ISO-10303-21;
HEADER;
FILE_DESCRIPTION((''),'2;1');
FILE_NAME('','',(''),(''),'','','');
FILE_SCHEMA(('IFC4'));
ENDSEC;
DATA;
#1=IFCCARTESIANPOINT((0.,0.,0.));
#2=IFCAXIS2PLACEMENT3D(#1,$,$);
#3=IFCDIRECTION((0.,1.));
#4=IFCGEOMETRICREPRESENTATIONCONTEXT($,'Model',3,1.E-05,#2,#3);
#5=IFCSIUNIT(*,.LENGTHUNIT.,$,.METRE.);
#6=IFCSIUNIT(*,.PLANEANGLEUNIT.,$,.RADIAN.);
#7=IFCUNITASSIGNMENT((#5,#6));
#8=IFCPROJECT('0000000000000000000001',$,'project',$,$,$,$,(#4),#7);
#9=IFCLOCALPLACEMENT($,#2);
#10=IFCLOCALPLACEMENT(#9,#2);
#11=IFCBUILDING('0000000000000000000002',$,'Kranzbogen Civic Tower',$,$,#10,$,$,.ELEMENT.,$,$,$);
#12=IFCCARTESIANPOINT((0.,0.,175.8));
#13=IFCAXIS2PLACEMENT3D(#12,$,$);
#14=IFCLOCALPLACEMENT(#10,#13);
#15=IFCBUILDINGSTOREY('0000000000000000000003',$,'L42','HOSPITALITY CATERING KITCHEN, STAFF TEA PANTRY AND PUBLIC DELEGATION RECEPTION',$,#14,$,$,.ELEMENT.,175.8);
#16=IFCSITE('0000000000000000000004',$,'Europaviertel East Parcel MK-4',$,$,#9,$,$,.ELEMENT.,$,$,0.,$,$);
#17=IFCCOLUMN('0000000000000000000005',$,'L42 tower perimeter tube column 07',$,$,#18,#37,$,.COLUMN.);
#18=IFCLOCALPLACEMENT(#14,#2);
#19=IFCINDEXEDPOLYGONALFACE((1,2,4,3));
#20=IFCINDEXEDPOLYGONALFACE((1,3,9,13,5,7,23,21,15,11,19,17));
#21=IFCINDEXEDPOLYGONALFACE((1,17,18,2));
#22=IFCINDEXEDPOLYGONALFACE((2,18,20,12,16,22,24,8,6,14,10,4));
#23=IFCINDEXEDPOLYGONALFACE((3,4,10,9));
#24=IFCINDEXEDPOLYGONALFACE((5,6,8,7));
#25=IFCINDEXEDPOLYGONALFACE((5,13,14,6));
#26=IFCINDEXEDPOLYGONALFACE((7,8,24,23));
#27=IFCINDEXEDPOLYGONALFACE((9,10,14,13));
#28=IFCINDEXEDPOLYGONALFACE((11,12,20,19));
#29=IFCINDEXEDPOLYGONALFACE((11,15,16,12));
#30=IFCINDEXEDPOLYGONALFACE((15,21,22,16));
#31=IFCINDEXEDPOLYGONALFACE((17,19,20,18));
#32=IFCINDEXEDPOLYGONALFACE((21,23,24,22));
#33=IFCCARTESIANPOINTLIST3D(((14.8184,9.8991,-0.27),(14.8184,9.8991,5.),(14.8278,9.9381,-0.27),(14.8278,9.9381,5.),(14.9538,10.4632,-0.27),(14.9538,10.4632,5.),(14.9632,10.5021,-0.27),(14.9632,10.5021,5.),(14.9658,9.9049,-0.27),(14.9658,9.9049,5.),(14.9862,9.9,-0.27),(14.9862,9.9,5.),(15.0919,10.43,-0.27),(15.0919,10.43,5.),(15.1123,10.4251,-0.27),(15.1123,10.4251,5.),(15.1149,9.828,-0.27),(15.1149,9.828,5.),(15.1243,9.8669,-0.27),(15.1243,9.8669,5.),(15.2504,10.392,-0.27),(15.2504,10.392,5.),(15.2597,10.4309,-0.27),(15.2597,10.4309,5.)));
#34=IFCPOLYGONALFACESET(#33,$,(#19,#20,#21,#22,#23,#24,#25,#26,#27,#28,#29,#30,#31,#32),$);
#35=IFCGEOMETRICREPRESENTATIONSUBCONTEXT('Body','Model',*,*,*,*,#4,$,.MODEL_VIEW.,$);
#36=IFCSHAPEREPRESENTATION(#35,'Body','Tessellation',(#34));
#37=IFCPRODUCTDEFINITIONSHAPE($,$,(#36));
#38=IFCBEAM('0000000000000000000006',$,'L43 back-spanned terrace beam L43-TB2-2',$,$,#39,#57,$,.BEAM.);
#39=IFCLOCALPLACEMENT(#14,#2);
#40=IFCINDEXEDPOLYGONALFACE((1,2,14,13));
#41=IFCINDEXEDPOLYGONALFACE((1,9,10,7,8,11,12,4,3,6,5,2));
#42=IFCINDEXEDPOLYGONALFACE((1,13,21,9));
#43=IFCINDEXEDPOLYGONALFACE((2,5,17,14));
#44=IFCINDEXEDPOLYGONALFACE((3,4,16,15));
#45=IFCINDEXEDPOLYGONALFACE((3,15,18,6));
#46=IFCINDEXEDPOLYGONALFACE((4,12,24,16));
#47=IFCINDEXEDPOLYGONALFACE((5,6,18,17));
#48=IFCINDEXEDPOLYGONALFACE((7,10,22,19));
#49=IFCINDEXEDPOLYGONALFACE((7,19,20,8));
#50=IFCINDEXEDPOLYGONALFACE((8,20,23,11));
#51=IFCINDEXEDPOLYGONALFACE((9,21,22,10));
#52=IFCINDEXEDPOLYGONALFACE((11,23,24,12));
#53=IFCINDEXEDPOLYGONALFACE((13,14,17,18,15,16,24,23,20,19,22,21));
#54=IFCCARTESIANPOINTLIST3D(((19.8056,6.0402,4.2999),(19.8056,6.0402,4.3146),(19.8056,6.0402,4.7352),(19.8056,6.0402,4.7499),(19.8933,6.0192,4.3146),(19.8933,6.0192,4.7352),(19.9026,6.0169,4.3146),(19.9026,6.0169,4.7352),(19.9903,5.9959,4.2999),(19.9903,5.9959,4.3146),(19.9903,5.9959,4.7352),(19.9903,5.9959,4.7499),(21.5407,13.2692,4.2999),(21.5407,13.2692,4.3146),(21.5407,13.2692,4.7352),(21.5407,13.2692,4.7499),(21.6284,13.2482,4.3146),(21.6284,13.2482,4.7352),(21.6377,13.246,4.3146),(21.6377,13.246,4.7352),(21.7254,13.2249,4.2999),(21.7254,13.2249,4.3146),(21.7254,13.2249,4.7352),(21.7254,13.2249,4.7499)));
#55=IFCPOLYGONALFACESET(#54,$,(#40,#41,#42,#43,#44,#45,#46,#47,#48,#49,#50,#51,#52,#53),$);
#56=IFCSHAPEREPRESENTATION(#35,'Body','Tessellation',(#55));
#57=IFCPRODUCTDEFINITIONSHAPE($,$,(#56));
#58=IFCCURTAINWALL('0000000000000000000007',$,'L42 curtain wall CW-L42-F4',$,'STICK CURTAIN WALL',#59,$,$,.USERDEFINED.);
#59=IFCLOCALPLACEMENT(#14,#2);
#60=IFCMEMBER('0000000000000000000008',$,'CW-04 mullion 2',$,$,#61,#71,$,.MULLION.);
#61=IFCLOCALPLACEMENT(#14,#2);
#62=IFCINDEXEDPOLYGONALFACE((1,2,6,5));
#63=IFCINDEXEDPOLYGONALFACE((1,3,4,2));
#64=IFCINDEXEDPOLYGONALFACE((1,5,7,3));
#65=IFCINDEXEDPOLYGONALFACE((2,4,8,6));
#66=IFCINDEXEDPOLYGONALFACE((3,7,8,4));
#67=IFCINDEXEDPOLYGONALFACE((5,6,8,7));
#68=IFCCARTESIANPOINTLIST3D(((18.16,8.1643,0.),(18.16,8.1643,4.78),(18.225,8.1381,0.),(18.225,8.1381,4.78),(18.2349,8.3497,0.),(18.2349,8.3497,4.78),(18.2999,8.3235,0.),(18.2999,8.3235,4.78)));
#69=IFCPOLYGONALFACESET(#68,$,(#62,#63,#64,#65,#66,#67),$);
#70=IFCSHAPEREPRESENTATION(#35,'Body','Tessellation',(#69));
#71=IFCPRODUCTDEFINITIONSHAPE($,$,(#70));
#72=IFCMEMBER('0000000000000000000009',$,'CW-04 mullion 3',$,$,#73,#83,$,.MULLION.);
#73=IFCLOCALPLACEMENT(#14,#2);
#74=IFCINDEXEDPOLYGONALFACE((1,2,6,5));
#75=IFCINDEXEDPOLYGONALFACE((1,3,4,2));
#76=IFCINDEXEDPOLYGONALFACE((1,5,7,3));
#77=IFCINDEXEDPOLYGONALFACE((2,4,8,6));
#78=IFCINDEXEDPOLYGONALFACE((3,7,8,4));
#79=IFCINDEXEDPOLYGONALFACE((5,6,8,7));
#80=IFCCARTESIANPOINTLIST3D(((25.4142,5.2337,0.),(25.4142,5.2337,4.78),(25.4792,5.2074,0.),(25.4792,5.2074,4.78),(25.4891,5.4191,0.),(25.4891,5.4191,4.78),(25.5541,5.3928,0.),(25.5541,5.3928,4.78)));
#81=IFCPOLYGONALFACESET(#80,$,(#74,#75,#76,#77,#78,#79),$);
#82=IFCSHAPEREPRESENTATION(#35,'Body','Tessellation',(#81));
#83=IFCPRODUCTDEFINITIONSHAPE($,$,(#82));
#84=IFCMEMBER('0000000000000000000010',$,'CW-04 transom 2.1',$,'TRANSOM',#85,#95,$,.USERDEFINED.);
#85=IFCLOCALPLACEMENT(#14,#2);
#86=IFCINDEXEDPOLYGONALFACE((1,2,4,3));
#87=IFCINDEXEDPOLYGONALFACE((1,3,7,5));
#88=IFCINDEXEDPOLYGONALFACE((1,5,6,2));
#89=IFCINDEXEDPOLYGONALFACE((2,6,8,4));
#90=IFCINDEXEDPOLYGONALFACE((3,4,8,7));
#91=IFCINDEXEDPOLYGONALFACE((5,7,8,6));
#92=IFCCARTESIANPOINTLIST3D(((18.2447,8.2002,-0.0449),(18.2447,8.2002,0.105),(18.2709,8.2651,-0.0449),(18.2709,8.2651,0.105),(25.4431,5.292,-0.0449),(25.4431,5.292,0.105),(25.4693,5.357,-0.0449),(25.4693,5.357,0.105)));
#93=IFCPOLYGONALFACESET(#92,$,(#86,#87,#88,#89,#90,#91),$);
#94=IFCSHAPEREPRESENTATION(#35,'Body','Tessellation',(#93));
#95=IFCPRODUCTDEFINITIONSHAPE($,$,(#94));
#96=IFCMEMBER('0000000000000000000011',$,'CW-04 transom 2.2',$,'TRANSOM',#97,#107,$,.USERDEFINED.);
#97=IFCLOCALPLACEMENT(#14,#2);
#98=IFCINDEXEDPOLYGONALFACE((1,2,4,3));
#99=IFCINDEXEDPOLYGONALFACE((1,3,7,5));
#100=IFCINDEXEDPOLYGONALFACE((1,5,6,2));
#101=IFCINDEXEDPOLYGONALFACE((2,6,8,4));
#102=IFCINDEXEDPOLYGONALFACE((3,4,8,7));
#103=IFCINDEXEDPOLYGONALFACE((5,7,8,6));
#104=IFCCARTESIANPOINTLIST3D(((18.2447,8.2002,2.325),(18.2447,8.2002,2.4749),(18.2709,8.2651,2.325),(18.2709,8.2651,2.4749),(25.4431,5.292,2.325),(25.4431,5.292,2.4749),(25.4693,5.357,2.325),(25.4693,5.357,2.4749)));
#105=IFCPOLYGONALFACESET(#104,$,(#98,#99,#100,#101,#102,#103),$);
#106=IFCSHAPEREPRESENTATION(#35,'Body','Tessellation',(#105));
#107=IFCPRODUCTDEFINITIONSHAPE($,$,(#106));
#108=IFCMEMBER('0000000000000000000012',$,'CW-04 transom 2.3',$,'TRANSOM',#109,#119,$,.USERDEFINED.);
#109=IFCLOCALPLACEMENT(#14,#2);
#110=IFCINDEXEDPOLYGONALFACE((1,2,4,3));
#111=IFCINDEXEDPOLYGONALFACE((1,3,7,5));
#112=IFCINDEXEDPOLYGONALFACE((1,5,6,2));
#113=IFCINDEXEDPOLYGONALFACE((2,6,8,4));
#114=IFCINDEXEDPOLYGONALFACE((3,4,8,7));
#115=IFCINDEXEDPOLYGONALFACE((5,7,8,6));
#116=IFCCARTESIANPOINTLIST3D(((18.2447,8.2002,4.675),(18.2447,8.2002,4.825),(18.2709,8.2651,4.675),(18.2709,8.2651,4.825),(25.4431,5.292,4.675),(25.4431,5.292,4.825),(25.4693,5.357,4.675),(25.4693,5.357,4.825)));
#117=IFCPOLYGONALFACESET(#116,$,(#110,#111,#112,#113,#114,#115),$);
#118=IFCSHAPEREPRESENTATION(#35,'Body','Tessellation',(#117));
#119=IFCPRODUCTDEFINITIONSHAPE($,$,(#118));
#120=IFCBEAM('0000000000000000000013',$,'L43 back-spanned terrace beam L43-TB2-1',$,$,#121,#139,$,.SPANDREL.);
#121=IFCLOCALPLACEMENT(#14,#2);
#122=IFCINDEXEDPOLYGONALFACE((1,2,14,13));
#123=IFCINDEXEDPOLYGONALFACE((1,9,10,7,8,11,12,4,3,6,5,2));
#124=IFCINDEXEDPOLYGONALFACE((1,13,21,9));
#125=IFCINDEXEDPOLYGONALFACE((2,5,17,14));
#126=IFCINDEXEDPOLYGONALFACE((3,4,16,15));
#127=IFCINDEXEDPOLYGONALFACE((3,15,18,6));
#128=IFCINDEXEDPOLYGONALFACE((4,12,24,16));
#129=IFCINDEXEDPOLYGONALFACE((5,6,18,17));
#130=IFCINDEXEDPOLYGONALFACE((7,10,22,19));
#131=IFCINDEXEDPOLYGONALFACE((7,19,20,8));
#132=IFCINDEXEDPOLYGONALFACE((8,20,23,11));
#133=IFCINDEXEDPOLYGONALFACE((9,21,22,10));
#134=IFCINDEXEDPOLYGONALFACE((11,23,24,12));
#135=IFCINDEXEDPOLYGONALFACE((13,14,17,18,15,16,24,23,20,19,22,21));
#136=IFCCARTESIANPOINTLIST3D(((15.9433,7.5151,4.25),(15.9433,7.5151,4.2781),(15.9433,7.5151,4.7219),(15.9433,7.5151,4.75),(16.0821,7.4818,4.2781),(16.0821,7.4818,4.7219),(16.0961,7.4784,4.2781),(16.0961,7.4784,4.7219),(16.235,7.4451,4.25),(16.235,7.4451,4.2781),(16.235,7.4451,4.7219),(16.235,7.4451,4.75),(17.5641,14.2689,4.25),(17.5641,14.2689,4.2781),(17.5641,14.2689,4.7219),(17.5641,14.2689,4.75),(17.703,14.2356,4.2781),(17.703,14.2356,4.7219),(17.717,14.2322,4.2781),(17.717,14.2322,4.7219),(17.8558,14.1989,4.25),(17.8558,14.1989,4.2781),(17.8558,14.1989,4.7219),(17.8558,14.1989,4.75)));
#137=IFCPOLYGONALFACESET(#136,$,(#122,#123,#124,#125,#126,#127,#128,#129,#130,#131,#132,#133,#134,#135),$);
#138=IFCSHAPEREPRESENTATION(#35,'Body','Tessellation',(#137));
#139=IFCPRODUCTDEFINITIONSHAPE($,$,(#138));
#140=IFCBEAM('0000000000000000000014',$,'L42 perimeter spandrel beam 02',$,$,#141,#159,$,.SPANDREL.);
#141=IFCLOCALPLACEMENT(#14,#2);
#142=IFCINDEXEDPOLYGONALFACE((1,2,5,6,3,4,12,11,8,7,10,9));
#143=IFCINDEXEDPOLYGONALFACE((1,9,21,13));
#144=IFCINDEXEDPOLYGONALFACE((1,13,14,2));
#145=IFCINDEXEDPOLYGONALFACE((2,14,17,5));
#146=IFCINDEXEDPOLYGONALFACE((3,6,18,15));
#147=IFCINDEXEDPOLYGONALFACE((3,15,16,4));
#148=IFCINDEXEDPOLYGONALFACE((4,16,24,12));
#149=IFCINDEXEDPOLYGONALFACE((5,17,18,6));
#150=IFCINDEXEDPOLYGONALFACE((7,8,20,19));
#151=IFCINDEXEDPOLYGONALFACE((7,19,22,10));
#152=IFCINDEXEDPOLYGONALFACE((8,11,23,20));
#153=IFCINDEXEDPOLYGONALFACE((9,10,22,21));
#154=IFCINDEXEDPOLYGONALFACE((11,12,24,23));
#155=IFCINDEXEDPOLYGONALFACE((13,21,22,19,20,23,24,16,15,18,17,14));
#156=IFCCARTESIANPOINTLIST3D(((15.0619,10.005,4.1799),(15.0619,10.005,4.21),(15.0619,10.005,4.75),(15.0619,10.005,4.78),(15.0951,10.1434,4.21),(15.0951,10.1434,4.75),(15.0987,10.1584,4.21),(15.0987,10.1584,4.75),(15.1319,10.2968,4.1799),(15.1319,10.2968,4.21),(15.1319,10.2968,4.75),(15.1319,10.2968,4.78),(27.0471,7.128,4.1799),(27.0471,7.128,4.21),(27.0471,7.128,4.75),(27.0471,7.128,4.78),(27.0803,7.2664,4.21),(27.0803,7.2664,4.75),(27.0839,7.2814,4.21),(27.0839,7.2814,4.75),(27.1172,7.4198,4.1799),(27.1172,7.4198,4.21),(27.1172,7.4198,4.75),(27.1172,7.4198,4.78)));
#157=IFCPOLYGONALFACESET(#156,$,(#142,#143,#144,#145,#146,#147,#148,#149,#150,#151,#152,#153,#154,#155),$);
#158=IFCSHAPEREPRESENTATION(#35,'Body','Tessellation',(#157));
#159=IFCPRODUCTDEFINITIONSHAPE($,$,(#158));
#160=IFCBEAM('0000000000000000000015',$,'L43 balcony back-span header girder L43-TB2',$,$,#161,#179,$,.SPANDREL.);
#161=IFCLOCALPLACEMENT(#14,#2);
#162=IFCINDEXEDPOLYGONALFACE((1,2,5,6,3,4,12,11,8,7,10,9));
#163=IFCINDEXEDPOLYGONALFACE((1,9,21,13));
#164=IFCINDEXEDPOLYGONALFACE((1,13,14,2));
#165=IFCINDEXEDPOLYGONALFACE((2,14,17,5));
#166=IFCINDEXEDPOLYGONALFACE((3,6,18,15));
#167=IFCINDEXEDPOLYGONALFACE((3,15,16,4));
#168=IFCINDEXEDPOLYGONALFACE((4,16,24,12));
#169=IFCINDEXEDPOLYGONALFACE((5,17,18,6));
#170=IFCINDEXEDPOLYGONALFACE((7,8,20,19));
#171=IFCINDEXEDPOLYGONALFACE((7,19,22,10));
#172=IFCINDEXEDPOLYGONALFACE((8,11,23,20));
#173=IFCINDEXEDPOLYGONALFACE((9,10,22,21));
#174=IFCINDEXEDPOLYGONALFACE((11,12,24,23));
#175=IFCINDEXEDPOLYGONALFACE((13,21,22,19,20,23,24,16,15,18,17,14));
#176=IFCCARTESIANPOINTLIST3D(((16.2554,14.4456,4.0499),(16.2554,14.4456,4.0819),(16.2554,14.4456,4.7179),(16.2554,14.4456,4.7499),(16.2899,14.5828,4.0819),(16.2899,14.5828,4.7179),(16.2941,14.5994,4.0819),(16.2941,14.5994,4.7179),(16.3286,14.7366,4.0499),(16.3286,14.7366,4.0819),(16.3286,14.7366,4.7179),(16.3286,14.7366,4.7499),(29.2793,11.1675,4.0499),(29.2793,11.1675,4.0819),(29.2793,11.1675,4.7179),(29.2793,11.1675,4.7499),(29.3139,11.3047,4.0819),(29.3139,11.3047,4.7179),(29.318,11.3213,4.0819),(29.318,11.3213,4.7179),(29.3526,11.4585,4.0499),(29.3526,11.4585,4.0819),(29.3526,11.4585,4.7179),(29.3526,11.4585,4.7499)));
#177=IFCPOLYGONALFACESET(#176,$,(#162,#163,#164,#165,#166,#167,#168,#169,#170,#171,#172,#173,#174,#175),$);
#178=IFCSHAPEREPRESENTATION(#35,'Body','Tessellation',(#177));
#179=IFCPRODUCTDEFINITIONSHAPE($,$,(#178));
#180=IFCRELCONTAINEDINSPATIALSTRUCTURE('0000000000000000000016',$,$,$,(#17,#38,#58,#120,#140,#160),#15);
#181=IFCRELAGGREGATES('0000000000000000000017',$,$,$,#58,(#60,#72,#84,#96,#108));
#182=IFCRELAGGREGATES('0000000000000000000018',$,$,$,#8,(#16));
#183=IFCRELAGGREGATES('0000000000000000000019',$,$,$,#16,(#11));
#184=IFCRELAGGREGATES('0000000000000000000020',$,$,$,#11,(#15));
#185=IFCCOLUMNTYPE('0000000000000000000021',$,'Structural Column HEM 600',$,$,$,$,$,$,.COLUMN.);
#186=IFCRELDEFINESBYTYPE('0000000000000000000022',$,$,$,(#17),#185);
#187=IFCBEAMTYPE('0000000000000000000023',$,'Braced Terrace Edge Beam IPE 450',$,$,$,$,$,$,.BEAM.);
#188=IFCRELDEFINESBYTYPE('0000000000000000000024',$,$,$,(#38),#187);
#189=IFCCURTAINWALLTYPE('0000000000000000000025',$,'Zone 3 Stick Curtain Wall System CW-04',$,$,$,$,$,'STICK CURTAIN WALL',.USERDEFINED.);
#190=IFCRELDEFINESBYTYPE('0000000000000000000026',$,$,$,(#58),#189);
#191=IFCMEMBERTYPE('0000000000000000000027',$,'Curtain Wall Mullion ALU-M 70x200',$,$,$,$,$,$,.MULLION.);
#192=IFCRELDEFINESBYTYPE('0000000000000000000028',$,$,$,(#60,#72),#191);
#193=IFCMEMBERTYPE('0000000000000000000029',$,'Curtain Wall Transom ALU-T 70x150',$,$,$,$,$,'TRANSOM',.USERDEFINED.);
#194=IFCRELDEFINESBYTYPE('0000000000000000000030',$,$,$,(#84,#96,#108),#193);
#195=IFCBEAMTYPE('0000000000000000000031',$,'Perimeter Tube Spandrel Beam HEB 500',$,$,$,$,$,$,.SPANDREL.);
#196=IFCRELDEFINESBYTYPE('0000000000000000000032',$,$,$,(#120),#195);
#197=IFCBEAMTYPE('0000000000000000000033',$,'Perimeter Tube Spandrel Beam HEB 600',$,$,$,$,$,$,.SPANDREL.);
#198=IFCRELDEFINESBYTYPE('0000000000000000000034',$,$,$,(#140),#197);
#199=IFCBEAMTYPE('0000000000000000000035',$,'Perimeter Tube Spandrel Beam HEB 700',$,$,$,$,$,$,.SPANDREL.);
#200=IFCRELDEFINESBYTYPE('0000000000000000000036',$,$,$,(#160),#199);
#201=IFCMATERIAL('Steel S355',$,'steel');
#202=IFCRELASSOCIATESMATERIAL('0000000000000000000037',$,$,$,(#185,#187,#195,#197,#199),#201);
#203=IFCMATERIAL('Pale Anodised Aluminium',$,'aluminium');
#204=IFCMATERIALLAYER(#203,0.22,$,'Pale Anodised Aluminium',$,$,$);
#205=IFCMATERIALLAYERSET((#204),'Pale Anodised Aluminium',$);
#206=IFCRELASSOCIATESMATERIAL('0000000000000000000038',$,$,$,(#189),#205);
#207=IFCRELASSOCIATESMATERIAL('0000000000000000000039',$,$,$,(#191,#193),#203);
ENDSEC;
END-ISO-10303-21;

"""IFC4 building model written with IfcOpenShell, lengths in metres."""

from ifc_helpers import new_model, si_unit, direction, frame, origin, origin_2d, place, context, subcontext, project, spatial, rectangle, i_section, extrude, material, layer, layer_set, material_profile, profile_set, type_object, element, aggregate, save


model = new_model("IFC4")

# Units and contexts
model_context = context("Model", 3, precision=1e-05, world=origin(), true_north=direction((0.0, 1.0)))
body_context = subcontext(model_context, "Body", "Model", "MODEL_VIEW")
ifc_project = project(units=[si_unit("LENGTHUNIT", "METRE"), si_unit("PLANEANGLEUNIT", "RADIAN")], contexts=[model_context])

# Site, building, storey
site_placement = place(None, origin())
site = spatial("IfcSite", under=ifc_project, at=site_placement, Name="Europaviertel East Parcel MK-4", CompositionType="ELEMENT", RefElevation=0.0)
building_placement = place(site_placement, origin())
building = spatial("IfcBuilding", under=site, at=building_placement, Name="Kranzbogen Civic Tower", CompositionType="ELEMENT")
storey_placement = place(building_placement, frame((0.0, 0.0, 175.8)))
storey = spatial("IfcBuildingStorey", under=building, at=storey_placement, Name="L42", Description="HOSPITALITY CATERING KITCHEN, STAFF TEA PANTRY AND PUBLIC DELEGATION RECEPTION", CompositionType="ELEMENT", Elevation=175.8)

# Column
ifc_material_1 = material(Name="Steel S355", Category="steel")
ifc_material_profile_1 = material_profile(ifc_material_1, i_section(OverallWidth=0.3049, OverallDepth=0.6201, WebThickness=0.021, FlangeThickness=0.04, at=origin_2d()), Name="HEM 600")
ifc_profile_set_1 = profile_set([ifc_material_profile_1], Name="Steel S355")
column_type = type_object("IfcColumnType", Name="Structural Column HEM 600", PredefinedType="COLUMN", material=ifc_profile_set_1)
column_placement = place(storey_placement, frame((15.0391, 10.165, -0.27), z_axis=(0.0, 0.0, 1.0), x_axis=(-0.97237, 0.233445, 0.0)))
element("IfcColumn", 1, at=column_placement, inside=storey, type_object=column_type, Name="L42 tower perimeter tube column 07", PredefinedType="COLUMN", context=body_context, shape_type="SweptSolid", body=[
    extrude(i_section(OverallWidth=0.3049, OverallDepth=0.6201, WebThickness=0.021, FlangeThickness=0.04, at=origin_2d()), origin(), (0.0, 0.0, 1.0), 5.27),
])

# Beam
ifc_material_profile_2 = material_profile(ifc_material_1, i_section(OverallWidth=0.1899, OverallDepth=0.45, WebThickness=0.0095, FlangeThickness=0.0146, at=origin_2d()), Name="IPE 450")
ifc_profile_set_2 = profile_set([ifc_material_profile_2], Name="Steel S355")
beam_type_1 = type_object("IfcBeamType", Name="Braced Terrace Edge Beam IPE 450", PredefinedType="BEAM", material=ifc_profile_set_2)
beam_1_placement = place(storey_placement, frame((21.6331, 13.2471, 4.5249), z_axis=(-0.233392, -0.972383, 0.0), x_axis=(0.972383, -0.233392, 0.0)))
element("IfcBeam", 2, at=beam_1_placement, inside=storey, type_object=beam_type_1, Name="L43 back-spanned terrace beam L43-TB2-2", PredefinedType="BEAM", context=body_context, shape_type="SweptSolid", body=[
    extrude(i_section(OverallWidth=0.1899, OverallDepth=0.45, WebThickness=0.0095, FlangeThickness=0.0146, at=origin_2d()), origin(), (0.0, 0.0, 1.0), 7.4343),
])

# Curtain wall, members
ifc_material_2 = material(Name="Pale Anodised Aluminium", Category="aluminium")
ifc_layer_1 = layer(ifc_material_2, 0.22, Name="Pale Anodised Aluminium")
ifc_layer_set_1 = layer_set([ifc_layer_1], Name="Pale Anodised Aluminium")
curtain_wall_type = type_object("IfcCurtainWallType", Name="Zone 3 Stick Curtain Wall System CW-04", ElementType="STICK CURTAIN WALL", PredefinedType="USERDEFINED", material=ifc_layer_set_1)
curtain_wall_placement = place(storey_placement, origin())
curtain_wall = element("IfcCurtainWall", 3, at=curtain_wall_placement, inside=storey, type_object=curtain_wall_type, Name="L42 curtain wall CW-L42-F4", ObjectType="STICK CURTAIN WALL", PredefinedType="USERDEFINED")
ifc_material_profile_3 = material_profile(ifc_material_2, rectangle(XDim=0.0701, YDim=0.2, at=origin_2d()), Name="ALU-M 70x200")
ifc_profile_set_3 = profile_set([ifc_material_profile_3], Name="Pale Anodised Aluminium")
member_type_1 = type_object("IfcMemberType", Name="Curtain Wall Mullion ALU-M 70x200", PredefinedType="MULLION", material=ifc_profile_set_3)
member_1_placement = place(storey_placement, frame((18.23, 8.2439, 0.0), z_axis=(0.0, 0.0, 1.0), x_axis=(0.927189, -0.374594, 0.0)))
member_1 = element("IfcMember", 4, at=member_1_placement, type_object=member_type_1, Name="CW-04 mullion 2", PredefinedType="MULLION", context=body_context, shape_type="SweptSolid", body=[
    extrude(rectangle(XDim=0.0701, YDim=0.2, at=origin_2d()), origin(), (0.0, 0.0, 1.0), 4.78),
])
member_2_placement = place(storey_placement, frame((25.4841, 5.3132, 0.0), z_axis=(0.0, 0.0, 1.0), x_axis=(0.927189, -0.374594, 0.0)))
member_2 = element("IfcMember", 5, at=member_2_placement, type_object=member_type_1, Name="CW-04 mullion 3", PredefinedType="MULLION", context=body_context, shape_type="SweptSolid", body=[
    extrude(rectangle(XDim=0.0701, YDim=0.2, at=origin_2d()), origin(), (0.0, 0.0, 1.0), 4.78),
])
ifc_material_profile_4 = material_profile(ifc_material_2, rectangle(XDim=0.0701, YDim=0.1499, at=origin_2d()), Name="ALU-T 70x150")
ifc_profile_set_4 = profile_set([ifc_material_profile_4], Name="Pale Anodised Aluminium")
member_type_2 = type_object("IfcMemberType", Name="Curtain Wall Transom ALU-T 70x150", ElementType="TRANSOM", PredefinedType="USERDEFINED", material=ifc_profile_set_4)
member_3_placement = place(storey_placement, frame((18.2578, 8.2327, 0.03), z_axis=(0.927192, -0.374587, 0.0), x_axis=(0.374587, 0.927192, 0.0)))
member_3 = element("IfcMember", 6, at=member_3_placement, type_object=member_type_2, Name="CW-04 transom 2.1", ObjectType="TRANSOM", PredefinedType="USERDEFINED", context=body_context, shape_type="SweptSolid", body=[
    extrude(rectangle(XDim=0.0701, YDim=0.1499, at=origin_2d()), origin(), (0.0, 0.0, 1.0), 7.7637),
])
member_4_placement = place(storey_placement, frame((18.2578, 8.2327, 2.3999), z_axis=(0.927192, -0.374587, 0.0), x_axis=(0.374587, 0.927192, 0.0)))
member_4 = element("IfcMember", 7, at=member_4_placement, type_object=member_type_2, Name="CW-04 transom 2.2", ObjectType="TRANSOM", PredefinedType="USERDEFINED", context=body_context, shape_type="SweptSolid", body=[
    extrude(rectangle(XDim=0.0701, YDim=0.1499, at=origin_2d()), origin(), (0.0, 0.0, 1.0), 7.7637),
])
member_5_placement = place(storey_placement, frame((18.2578, 8.2327, 4.75), z_axis=(0.927192, -0.374587, 0.0), x_axis=(0.374587, 0.927192, 0.0)))
member_5 = element("IfcMember", 8, at=member_5_placement, type_object=member_type_2, Name="CW-04 transom 2.3", ObjectType="TRANSOM", PredefinedType="USERDEFINED", context=body_context, shape_type="SweptSolid", body=[
    extrude(rectangle(XDim=0.0701, YDim=0.1499, at=origin_2d()), origin(), (0.0, 0.0, 1.0), 7.7637),
])

# Beams
ifc_material_profile_5 = material_profile(ifc_material_1, i_section(OverallWidth=0.3, OverallDepth=0.5, WebThickness=0.0144, FlangeThickness=0.0281, at=origin_2d()), Name="HEB 500")
ifc_profile_set_5 = profile_set([ifc_material_profile_5], Name="Steel S355")
beam_type_2 = type_object("IfcBeamType", Name="Perimeter Tube Spandrel Beam HEB 500", PredefinedType="SPANDREL", material=ifc_profile_set_5)
beam_2_placement = place(storey_placement, frame((17.71, 14.2339, 4.5), z_axis=(-0.233361, -0.97239, 0.0), x_axis=(0.97239, -0.233361, 0.0)))
element("IfcBeam", 9, at=beam_2_placement, inside=storey, type_object=beam_type_2, Name="L43 back-spanned terrace beam L43-TB2-1", PredefinedType="SPANDREL", context=body_context, shape_type="SweptSolid", body=[
    extrude(i_section(OverallWidth=0.3, OverallDepth=0.5, WebThickness=0.0144, FlangeThickness=0.0281, at=origin_2d()), origin(), (0.0, 0.0, 1.0), 6.9456),
])
ifc_material_profile_6 = material_profile(ifc_material_1, i_section(OverallWidth=0.3, OverallDepth=0.6001, WebThickness=0.0154, FlangeThickness=0.03, at=origin_2d()), Name="HEB 600")
ifc_profile_set_6 = profile_set([ifc_material_profile_6], Name="Steel S355")
beam_type_3 = type_object("IfcBeamType", Name="Perimeter Tube Spandrel Beam HEB 600", PredefinedType="SPANDREL", material=ifc_profile_set_6)
beam_3_placement = place(storey_placement, frame((15.0969, 10.1509, 4.48), z_axis=(0.972378, -0.233413, 0.0), x_axis=(0.233413, 0.972378, 0.0)))
element("IfcBeam", 10, at=beam_3_placement, inside=storey, type_object=beam_type_3, Name="L42 perimeter spandrel beam 02", PredefinedType="SPANDREL", context=body_context, shape_type="SweptSolid", body=[
    extrude(i_section(OverallWidth=0.3, OverallDepth=0.6001, WebThickness=0.0154, FlangeThickness=0.03, at=origin_2d()), origin(), (0.0, 0.0, 1.0), 12.3257),
])
ifc_material_profile_7 = material_profile(ifc_material_1, i_section(OverallWidth=0.3, OverallDepth=0.7, WebThickness=0.0171, FlangeThickness=0.032, at=origin_2d()), Name="HEB 700")
ifc_profile_set_7 = profile_set([ifc_material_profile_7], Name="Steel S355")
beam_type_4 = type_object("IfcBeamType", Name="Perimeter Tube Spandrel Beam HEB 700", PredefinedType="SPANDREL", material=ifc_profile_set_7)
beam_4_placement = place(storey_placement, frame((16.292, 14.5911, 4.3999), z_axis=(0.969754, -0.244084, 0.0), x_axis=(0.244084, 0.969754, 0.0)))
element("IfcBeam", 11, at=beam_4_placement, inside=storey, type_object=beam_type_4, Name="L43 balcony back-span header girder L43-TB2", PredefinedType="SPANDREL", context=body_context, shape_type="SweptSolid", body=[
    extrude(i_section(OverallWidth=0.3, OverallDepth=0.7, WebThickness=0.0171, FlangeThickness=0.032, at=origin_2d()), origin(), (0.0, 0.0, 1.0), 13.4302),
])

aggregate(curtain_wall, [member_1, member_2, member_3, member_4, member_5])

save(model, "model.ifc")
